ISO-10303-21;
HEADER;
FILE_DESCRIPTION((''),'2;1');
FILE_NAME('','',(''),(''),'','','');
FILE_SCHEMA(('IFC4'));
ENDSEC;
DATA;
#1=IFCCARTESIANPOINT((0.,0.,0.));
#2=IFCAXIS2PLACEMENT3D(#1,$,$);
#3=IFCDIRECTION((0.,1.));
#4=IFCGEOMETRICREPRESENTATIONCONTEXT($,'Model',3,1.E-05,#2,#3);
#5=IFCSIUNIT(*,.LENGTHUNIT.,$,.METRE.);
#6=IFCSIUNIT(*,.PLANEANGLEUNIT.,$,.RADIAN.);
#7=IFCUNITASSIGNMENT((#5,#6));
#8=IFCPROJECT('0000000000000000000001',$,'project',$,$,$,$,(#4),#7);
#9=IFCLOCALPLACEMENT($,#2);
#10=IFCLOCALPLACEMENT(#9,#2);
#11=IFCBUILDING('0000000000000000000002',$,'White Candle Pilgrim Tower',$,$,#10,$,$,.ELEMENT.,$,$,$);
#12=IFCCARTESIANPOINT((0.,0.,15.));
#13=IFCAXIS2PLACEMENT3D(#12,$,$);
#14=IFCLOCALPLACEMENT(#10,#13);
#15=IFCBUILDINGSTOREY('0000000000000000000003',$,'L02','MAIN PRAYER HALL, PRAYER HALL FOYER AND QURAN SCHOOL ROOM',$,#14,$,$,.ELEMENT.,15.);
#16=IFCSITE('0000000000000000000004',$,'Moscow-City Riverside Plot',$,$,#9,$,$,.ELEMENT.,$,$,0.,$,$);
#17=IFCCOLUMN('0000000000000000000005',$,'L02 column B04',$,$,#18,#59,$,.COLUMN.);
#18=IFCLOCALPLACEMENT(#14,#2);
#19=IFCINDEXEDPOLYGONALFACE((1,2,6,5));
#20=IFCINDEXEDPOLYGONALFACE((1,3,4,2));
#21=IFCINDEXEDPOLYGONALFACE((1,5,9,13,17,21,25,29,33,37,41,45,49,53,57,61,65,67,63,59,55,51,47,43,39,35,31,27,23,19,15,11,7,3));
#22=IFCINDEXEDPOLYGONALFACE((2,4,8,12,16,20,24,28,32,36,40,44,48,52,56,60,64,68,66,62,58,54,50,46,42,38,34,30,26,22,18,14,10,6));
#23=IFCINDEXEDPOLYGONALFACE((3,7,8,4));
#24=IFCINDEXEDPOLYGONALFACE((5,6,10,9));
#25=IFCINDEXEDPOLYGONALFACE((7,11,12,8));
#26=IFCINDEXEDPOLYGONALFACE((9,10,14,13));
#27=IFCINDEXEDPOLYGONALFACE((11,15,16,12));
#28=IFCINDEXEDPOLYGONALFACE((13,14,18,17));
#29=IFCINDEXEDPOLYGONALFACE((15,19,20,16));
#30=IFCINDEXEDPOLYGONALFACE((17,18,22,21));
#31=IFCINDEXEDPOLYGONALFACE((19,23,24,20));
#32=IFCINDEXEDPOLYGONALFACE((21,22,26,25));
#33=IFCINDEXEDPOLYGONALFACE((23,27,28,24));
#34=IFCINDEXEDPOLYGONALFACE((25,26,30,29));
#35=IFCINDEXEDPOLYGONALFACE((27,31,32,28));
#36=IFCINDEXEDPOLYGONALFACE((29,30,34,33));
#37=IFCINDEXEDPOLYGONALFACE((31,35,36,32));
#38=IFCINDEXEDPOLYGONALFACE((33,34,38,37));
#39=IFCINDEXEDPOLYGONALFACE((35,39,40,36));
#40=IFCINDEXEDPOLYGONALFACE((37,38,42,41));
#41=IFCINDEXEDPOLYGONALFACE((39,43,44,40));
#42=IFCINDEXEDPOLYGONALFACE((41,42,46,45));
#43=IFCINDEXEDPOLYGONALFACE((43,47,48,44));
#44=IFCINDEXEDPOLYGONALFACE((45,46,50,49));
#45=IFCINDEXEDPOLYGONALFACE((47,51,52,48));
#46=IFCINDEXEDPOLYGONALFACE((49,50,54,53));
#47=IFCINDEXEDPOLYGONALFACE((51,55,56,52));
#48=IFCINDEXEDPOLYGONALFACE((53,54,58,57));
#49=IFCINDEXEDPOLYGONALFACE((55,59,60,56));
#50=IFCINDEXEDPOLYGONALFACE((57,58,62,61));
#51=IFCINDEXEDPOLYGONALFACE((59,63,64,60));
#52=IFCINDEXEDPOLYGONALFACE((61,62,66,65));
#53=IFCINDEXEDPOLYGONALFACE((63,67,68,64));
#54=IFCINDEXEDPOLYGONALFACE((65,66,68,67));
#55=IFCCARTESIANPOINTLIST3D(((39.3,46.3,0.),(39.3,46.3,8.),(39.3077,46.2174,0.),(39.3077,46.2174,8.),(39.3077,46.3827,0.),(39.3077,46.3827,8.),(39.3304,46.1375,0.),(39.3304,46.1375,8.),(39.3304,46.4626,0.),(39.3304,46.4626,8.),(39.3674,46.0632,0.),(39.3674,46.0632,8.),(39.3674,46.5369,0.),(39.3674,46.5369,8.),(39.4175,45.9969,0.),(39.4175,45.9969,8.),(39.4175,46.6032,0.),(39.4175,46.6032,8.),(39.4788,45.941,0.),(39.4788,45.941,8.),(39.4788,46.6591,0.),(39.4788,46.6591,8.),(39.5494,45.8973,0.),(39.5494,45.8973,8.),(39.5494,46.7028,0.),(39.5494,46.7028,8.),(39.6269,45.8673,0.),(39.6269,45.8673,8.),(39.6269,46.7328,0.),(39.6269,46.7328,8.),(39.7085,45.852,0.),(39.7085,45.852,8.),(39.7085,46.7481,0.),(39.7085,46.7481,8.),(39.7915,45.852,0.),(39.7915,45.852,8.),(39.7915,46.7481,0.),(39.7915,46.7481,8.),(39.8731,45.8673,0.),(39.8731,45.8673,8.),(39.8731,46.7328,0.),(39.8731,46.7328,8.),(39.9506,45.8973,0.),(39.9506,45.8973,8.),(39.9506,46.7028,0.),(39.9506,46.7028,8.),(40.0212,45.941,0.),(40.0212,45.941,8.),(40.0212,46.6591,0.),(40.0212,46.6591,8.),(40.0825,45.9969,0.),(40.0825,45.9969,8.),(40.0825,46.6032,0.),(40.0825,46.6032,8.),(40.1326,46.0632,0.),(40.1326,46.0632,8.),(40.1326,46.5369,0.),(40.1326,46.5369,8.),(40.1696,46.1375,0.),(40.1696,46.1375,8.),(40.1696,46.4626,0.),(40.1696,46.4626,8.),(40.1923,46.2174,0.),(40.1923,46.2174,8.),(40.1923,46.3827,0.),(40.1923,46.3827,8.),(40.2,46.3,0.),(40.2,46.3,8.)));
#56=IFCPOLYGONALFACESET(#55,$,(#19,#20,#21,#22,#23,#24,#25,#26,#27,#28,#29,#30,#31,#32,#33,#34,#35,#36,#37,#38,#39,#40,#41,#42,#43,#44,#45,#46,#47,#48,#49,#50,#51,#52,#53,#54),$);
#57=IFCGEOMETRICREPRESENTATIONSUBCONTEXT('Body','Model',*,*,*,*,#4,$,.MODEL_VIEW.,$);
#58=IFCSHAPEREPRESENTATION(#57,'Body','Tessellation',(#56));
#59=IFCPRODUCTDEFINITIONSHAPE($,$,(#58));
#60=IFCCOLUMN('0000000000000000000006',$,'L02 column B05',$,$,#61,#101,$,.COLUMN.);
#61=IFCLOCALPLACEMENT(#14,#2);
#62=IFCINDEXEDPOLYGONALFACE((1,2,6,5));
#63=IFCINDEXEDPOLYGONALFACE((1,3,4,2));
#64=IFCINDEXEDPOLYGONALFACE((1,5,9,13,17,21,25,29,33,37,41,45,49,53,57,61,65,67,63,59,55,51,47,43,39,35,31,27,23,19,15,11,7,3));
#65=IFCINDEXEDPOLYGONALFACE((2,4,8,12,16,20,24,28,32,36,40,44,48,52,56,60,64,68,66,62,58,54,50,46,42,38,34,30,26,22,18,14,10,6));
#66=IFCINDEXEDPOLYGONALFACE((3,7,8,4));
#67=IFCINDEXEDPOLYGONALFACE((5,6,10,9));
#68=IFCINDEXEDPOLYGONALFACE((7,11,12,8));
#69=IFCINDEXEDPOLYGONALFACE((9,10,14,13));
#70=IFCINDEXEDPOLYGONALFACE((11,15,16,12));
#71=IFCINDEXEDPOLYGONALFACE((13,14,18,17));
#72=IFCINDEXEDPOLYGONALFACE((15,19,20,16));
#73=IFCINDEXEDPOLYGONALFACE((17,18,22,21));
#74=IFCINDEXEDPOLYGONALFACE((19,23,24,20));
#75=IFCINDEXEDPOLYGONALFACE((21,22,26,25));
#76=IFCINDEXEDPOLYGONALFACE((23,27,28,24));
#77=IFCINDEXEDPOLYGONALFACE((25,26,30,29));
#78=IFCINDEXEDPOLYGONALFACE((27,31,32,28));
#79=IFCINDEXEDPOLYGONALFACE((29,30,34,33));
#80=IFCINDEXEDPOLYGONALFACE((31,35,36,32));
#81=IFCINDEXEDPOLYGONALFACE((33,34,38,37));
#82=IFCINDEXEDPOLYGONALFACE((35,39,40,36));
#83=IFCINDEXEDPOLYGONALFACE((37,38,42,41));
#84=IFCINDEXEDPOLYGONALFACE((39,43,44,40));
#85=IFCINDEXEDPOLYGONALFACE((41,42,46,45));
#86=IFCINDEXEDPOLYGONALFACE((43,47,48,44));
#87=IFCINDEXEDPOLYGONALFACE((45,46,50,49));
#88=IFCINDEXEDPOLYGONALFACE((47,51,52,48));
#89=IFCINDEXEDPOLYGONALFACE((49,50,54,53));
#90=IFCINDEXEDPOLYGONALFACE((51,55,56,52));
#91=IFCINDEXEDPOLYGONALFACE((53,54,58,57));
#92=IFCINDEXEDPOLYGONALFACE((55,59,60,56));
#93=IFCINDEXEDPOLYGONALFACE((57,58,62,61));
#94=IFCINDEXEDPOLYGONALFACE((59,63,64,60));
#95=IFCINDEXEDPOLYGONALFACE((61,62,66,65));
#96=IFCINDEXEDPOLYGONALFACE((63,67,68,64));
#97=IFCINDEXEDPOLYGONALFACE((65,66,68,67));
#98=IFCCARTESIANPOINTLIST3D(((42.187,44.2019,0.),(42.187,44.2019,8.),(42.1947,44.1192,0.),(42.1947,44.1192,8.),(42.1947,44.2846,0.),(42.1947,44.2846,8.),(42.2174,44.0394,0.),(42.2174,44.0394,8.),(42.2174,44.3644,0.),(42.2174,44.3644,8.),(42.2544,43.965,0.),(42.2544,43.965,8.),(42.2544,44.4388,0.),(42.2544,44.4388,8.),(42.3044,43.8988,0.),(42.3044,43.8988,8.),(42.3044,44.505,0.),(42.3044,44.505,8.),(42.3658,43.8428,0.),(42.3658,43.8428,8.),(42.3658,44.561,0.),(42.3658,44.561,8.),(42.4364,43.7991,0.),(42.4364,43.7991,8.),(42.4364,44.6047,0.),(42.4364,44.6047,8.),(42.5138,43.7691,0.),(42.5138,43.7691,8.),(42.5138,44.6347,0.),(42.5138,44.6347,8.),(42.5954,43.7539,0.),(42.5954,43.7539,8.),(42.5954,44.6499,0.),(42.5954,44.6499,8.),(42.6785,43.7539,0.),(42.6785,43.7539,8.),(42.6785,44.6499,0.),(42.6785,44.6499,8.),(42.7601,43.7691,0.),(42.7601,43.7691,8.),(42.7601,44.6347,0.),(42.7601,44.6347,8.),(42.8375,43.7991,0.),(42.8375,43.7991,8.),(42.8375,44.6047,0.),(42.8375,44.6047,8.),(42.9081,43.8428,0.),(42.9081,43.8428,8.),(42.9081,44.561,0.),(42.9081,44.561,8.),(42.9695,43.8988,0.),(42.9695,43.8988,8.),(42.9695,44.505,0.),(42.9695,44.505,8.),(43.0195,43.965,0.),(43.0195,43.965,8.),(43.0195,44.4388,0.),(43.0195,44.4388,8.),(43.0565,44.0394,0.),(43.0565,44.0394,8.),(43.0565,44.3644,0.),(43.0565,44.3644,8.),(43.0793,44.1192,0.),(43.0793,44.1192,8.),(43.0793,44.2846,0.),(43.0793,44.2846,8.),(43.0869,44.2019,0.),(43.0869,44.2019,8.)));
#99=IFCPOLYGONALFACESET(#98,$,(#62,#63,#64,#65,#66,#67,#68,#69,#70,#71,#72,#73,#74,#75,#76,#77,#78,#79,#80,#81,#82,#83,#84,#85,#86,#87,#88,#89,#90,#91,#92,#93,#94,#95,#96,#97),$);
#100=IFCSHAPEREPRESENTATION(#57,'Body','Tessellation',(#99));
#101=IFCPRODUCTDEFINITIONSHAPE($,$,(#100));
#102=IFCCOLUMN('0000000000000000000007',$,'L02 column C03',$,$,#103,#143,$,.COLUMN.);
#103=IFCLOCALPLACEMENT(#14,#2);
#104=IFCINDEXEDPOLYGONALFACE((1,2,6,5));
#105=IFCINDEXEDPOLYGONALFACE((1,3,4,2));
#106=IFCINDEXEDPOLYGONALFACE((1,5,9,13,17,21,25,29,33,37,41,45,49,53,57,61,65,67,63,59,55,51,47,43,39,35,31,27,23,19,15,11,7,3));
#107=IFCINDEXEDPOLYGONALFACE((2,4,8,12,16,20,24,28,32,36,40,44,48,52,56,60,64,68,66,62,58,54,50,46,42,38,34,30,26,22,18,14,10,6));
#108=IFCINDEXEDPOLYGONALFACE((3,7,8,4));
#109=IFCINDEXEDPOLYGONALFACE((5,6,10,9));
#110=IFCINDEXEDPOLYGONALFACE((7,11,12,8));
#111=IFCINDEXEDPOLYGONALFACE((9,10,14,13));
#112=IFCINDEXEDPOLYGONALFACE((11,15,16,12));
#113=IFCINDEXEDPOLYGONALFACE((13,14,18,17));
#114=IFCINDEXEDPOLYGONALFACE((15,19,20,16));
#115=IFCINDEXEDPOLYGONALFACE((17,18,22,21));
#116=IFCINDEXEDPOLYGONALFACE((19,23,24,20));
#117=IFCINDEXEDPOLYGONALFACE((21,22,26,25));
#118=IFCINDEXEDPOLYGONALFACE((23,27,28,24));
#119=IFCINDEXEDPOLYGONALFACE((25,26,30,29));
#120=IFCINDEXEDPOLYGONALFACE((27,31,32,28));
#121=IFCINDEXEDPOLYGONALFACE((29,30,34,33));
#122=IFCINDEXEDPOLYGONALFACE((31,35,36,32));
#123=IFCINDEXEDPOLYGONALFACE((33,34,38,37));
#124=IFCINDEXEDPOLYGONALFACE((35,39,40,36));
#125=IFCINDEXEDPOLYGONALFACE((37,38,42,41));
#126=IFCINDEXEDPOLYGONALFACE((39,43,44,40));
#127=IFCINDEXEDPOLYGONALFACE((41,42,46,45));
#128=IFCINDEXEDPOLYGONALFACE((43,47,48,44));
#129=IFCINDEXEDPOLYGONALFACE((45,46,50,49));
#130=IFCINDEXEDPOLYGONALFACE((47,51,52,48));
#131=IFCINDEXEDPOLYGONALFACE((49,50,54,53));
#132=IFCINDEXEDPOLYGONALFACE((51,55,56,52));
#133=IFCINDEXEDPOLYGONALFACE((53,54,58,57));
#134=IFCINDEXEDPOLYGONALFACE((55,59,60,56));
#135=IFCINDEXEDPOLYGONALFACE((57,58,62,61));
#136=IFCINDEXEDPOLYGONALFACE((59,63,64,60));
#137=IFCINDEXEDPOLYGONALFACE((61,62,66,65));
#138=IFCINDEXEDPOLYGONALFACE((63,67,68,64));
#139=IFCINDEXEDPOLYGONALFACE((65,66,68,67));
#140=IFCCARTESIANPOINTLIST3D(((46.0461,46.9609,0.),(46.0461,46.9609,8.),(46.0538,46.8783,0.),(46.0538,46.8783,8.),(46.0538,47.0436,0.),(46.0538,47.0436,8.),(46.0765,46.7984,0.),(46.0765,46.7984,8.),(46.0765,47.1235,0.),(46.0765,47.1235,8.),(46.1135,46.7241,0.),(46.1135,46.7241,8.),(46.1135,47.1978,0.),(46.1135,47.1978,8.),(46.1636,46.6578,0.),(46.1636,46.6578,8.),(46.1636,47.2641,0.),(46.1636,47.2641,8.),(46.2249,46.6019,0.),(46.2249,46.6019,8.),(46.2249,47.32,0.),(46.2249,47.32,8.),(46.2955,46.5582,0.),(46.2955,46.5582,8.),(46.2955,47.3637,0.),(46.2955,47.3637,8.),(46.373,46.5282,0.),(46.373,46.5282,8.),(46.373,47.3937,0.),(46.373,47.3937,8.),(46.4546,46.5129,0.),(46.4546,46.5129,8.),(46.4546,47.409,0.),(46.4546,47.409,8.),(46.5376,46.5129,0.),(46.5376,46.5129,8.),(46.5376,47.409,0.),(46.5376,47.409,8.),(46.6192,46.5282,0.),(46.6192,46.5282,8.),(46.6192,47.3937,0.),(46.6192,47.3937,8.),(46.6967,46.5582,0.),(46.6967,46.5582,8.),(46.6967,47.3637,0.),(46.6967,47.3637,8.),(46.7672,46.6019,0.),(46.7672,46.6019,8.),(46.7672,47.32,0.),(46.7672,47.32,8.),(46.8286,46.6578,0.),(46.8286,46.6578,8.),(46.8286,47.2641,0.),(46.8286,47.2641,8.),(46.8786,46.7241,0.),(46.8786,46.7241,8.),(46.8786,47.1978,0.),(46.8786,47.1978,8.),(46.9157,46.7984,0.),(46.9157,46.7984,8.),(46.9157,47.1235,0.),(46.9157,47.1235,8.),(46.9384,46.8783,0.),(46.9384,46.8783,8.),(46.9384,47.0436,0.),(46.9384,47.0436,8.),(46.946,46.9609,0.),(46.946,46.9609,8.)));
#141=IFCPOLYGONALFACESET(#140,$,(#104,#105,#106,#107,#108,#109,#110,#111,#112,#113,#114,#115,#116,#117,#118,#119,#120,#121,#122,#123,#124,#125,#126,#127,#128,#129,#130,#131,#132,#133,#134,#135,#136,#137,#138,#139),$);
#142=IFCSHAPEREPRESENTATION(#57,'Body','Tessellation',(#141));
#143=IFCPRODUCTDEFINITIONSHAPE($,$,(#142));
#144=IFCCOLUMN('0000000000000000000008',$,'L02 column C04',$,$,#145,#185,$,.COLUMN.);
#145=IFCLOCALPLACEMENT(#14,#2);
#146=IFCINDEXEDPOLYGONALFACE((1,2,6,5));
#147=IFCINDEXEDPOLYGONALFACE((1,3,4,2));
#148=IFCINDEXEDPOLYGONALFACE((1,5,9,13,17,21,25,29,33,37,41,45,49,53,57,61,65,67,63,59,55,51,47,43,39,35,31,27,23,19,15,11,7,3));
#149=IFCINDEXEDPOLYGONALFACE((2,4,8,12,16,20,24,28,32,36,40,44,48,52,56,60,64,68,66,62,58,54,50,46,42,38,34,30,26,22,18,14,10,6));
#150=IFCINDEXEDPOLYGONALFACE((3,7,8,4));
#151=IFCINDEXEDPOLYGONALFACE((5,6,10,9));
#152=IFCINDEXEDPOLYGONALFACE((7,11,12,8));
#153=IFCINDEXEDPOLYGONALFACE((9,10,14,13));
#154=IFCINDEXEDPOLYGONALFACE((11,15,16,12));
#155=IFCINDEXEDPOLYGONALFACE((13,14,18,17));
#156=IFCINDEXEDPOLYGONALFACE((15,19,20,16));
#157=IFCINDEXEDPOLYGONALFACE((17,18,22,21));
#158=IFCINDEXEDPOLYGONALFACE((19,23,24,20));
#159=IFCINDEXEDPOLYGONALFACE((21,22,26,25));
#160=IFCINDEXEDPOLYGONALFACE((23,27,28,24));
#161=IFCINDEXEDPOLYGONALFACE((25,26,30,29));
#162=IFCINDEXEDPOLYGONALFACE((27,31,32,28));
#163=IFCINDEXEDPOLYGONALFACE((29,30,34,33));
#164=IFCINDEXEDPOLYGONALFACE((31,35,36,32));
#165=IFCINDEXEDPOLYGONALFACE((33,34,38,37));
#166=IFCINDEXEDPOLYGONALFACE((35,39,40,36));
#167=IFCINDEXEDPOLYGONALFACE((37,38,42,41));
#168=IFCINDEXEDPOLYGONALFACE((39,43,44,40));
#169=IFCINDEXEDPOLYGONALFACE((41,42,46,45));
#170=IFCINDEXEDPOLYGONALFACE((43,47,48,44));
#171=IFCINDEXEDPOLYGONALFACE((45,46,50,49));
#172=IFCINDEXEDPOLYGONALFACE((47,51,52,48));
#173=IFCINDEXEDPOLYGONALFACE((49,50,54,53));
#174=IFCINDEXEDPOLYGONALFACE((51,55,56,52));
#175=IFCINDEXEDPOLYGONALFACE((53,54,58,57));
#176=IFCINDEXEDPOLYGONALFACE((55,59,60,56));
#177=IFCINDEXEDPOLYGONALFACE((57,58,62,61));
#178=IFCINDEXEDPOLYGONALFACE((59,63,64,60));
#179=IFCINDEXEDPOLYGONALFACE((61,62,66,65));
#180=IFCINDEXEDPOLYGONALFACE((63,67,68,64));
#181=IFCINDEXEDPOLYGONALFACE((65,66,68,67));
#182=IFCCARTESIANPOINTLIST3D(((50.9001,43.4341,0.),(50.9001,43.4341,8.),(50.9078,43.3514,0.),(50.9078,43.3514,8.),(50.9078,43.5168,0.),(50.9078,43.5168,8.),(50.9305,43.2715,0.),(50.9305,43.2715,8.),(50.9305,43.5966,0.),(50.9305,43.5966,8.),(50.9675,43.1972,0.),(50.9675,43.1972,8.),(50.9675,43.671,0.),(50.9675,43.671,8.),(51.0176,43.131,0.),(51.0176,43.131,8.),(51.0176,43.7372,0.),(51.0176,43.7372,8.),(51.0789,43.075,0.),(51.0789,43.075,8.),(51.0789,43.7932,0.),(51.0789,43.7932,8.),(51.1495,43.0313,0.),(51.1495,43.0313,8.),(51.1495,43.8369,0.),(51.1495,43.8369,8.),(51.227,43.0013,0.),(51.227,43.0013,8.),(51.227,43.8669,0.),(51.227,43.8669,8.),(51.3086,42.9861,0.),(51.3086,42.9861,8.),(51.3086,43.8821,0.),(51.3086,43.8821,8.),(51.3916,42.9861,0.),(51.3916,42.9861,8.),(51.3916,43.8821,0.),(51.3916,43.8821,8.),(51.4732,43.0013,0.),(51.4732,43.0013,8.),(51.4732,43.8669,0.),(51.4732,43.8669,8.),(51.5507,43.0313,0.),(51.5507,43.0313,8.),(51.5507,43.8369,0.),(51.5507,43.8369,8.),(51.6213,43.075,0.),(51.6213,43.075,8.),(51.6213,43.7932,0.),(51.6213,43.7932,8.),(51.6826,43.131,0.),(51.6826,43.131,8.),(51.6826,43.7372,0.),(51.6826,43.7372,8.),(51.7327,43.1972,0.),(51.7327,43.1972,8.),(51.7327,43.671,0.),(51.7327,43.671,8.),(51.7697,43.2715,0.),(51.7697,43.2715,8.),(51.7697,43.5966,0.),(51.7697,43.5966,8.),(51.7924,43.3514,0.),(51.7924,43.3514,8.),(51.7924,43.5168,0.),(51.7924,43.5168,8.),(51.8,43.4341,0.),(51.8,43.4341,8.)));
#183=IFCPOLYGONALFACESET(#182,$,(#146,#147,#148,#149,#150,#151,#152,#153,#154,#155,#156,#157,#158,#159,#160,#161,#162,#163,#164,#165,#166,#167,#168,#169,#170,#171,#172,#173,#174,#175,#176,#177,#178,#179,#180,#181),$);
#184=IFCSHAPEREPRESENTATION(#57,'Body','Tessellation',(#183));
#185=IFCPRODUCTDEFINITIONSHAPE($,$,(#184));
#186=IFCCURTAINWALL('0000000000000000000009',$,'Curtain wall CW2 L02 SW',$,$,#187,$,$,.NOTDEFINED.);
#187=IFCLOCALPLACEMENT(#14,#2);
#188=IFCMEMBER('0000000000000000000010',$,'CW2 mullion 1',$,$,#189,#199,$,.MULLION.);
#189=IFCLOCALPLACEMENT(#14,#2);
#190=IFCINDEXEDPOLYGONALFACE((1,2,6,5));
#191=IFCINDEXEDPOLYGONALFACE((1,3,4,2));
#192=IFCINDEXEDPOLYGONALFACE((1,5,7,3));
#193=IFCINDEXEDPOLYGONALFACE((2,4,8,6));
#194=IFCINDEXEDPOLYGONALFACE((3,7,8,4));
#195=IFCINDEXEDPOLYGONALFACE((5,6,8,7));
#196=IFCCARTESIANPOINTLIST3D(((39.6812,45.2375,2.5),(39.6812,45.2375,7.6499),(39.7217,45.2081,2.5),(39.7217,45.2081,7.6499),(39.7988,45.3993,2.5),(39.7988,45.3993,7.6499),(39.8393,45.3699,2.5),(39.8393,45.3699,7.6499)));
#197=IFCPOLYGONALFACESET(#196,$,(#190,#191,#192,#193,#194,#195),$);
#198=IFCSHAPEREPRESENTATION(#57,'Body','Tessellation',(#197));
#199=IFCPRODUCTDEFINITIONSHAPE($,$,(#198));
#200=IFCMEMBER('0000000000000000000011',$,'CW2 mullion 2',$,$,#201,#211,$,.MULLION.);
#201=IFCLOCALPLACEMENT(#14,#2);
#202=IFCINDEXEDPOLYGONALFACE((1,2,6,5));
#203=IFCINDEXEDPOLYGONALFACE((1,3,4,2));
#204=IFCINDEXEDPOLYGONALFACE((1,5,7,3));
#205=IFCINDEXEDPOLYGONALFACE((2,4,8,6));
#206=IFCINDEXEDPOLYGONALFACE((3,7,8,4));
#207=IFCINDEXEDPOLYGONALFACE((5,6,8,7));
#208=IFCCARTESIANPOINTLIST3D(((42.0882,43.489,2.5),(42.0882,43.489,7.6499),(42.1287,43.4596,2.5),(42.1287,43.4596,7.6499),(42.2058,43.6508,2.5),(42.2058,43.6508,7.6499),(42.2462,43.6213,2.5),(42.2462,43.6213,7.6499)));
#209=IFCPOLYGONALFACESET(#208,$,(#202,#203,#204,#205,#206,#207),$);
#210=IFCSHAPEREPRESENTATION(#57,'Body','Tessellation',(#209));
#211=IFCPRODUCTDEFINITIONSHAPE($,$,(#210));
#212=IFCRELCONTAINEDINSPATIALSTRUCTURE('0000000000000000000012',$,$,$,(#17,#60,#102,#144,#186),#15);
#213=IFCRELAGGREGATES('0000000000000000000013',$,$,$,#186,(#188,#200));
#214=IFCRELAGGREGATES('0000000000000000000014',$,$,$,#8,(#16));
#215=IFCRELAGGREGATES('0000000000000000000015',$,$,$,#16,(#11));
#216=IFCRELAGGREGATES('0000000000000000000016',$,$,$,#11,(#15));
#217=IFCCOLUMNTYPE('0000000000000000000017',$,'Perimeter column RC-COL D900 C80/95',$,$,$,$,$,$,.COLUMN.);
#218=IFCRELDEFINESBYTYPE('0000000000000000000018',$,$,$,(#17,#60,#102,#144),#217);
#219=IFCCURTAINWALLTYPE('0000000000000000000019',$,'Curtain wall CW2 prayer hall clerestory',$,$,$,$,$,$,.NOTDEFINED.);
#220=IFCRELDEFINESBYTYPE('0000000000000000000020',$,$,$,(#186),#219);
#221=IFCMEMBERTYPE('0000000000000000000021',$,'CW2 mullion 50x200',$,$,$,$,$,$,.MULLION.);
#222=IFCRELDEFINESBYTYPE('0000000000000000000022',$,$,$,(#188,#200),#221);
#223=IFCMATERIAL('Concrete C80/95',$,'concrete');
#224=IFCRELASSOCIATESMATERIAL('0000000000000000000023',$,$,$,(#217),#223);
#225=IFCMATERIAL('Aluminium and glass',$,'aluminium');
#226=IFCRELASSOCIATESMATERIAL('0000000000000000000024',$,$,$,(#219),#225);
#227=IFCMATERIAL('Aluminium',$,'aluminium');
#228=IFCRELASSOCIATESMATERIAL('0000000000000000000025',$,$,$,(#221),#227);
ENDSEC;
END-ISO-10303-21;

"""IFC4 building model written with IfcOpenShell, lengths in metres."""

from ifc_helpers import new_model, si_unit, direction, frame, origin, origin_2d, place, context, subcontext, project, spatial, rectangle, circle, extrude, material, material_profile, profile_set, type_object, element, aggregate, save


model = new_model("IFC4")

# Units and contexts
model_context = context("Model", 3, precision=1e-05, world=origin(), true_north=direction((0.0, 1.0)))
body_context = subcontext(model_context, "Body", "Model", "MODEL_VIEW")
ifc_project = project(units=[si_unit("LENGTHUNIT", "METRE"), si_unit("PLANEANGLEUNIT", "RADIAN")], contexts=[model_context])

# Site, building, storey
site_placement = place(None, origin())
site = spatial("IfcSite", under=ifc_project, at=site_placement, Name="Moscow-City Riverside Plot", CompositionType="ELEMENT", RefElevation=0.0)
building_placement = place(site_placement, origin())
building = spatial("IfcBuilding", under=site, at=building_placement, Name="White Candle Pilgrim Tower", CompositionType="ELEMENT")
storey_placement = place(building_placement, frame((0.0, 0.0, 15.0)))
storey = spatial("IfcBuildingStorey", under=building, at=storey_placement, Name="L02", Description="MAIN PRAYER HALL, PRAYER HALL FOYER AND QURAN SCHOOL ROOM", CompositionType="ELEMENT", Elevation=15.0)

# Columns
ifc_material_1 = material(Name="Concrete C80/95", Category="concrete")
ifc_material_profile_1 = material_profile(ifc_material_1, circle(Radius=0.45, at=origin_2d()), Name="RC-COL D900")
ifc_profile_set_1 = profile_set([ifc_material_profile_1], Name="Concrete C80/95")
column_type = type_object("IfcColumnType", Name="Perimeter column RC-COL D900 C80/95", PredefinedType="COLUMN", material=ifc_profile_set_1)
for number, where, z_axis, x_axis, name in (
    (1, (39.75, 46.3, 0.0), (0.0, 0.0, 1.0), (1.0, 0.0, 0.0), "L02 column B04"),
    (2, (42.637, 44.2019, 0.0), (0.0, 0.0, 1.0), (1.0, 0.0, 0.0), "L02 column B05"),
    (3, (46.4961, 46.9609, 0.0), (0.0, 0.0, 1.0), (1.0, 0.0, 0.0), "L02 column C03"),
    (4, (51.3501, 43.4341, 0.0), (0.0, 0.0, 1.0), (1.0, 0.0, 0.0), "L02 column C04"),
):
    element("IfcColumn", number, at=place(storey_placement, frame(where, z_axis=z_axis, x_axis=x_axis)), inside=storey, type_object=column_type, Name=name, PredefinedType="COLUMN", context=body_context, shape_type="SweptSolid", body=[
        extrude(circle(Radius=0.45, at=origin_2d()), origin(), (0.0, 0.0, 1.0), 8.0),
    ])

# Curtain wall, members
ifc_material_2 = material(Name="Aluminium and glass", Category="aluminium")
curtain_wall_type = type_object("IfcCurtainWallType", Name="Curtain wall CW2 prayer hall clerestory", PredefinedType="NOTDEFINED", material=ifc_material_2)
curtain_wall_placement = place(storey_placement, origin())
curtain_wall = element("IfcCurtainWall", 5, at=curtain_wall_placement, inside=storey, type_object=curtain_wall_type, Name="Curtain wall CW2 L02 SW", PredefinedType="NOTDEFINED")
ifc_material_3 = material(Name="Aluminium", Category="aluminium")
ifc_material_profile_2 = material_profile(ifc_material_3, rectangle(XDim=0.2, YDim=0.05, at=origin_2d()), Name="CW2 mullion 50x200")
ifc_profile_set_2 = profile_set([ifc_material_profile_2], Name="Aluminium")
member_type_1 = type_object("IfcMemberType", Name="CW2 mullion 50x200", PredefinedType="MULLION", material=ifc_profile_set_2)
member_1_placement = place(storey_placement, frame((39.7603, 45.3037, 2.5), z_axis=(0.0, 0.0, 1.0), x_axis=(0.587785, 0.809017, 0.0)))
member_1 = element("IfcMember", 6, at=member_1_placement, type_object=member_type_1, Name="CW2 mullion 1", PredefinedType="MULLION", context=body_context, shape_type="SweptSolid", body=[
    extrude(rectangle(XDim=0.2, YDim=0.05, at=origin_2d()), origin(), (0.0, 0.0, 1.0), 5.1499),
])
member_2_placement = place(storey_placement, frame((42.1672, 43.5552, 2.5), z_axis=(0.0, 0.0, 1.0), x_axis=(0.587785, 0.809017, 0.0)))
member_2 = element("IfcMember", 7, at=member_2_placement, type_object=member_type_1, Name="CW2 mullion 2", PredefinedType="MULLION", context=body_context, shape_type="SweptSolid", body=[
    extrude(rectangle(XDim=0.2, YDim=0.05, at=origin_2d()), origin(), (0.0, 0.0, 1.0), 5.1499),
])

aggregate(curtain_wall, [member_1, member_2])

save(model, "model.ifc")
